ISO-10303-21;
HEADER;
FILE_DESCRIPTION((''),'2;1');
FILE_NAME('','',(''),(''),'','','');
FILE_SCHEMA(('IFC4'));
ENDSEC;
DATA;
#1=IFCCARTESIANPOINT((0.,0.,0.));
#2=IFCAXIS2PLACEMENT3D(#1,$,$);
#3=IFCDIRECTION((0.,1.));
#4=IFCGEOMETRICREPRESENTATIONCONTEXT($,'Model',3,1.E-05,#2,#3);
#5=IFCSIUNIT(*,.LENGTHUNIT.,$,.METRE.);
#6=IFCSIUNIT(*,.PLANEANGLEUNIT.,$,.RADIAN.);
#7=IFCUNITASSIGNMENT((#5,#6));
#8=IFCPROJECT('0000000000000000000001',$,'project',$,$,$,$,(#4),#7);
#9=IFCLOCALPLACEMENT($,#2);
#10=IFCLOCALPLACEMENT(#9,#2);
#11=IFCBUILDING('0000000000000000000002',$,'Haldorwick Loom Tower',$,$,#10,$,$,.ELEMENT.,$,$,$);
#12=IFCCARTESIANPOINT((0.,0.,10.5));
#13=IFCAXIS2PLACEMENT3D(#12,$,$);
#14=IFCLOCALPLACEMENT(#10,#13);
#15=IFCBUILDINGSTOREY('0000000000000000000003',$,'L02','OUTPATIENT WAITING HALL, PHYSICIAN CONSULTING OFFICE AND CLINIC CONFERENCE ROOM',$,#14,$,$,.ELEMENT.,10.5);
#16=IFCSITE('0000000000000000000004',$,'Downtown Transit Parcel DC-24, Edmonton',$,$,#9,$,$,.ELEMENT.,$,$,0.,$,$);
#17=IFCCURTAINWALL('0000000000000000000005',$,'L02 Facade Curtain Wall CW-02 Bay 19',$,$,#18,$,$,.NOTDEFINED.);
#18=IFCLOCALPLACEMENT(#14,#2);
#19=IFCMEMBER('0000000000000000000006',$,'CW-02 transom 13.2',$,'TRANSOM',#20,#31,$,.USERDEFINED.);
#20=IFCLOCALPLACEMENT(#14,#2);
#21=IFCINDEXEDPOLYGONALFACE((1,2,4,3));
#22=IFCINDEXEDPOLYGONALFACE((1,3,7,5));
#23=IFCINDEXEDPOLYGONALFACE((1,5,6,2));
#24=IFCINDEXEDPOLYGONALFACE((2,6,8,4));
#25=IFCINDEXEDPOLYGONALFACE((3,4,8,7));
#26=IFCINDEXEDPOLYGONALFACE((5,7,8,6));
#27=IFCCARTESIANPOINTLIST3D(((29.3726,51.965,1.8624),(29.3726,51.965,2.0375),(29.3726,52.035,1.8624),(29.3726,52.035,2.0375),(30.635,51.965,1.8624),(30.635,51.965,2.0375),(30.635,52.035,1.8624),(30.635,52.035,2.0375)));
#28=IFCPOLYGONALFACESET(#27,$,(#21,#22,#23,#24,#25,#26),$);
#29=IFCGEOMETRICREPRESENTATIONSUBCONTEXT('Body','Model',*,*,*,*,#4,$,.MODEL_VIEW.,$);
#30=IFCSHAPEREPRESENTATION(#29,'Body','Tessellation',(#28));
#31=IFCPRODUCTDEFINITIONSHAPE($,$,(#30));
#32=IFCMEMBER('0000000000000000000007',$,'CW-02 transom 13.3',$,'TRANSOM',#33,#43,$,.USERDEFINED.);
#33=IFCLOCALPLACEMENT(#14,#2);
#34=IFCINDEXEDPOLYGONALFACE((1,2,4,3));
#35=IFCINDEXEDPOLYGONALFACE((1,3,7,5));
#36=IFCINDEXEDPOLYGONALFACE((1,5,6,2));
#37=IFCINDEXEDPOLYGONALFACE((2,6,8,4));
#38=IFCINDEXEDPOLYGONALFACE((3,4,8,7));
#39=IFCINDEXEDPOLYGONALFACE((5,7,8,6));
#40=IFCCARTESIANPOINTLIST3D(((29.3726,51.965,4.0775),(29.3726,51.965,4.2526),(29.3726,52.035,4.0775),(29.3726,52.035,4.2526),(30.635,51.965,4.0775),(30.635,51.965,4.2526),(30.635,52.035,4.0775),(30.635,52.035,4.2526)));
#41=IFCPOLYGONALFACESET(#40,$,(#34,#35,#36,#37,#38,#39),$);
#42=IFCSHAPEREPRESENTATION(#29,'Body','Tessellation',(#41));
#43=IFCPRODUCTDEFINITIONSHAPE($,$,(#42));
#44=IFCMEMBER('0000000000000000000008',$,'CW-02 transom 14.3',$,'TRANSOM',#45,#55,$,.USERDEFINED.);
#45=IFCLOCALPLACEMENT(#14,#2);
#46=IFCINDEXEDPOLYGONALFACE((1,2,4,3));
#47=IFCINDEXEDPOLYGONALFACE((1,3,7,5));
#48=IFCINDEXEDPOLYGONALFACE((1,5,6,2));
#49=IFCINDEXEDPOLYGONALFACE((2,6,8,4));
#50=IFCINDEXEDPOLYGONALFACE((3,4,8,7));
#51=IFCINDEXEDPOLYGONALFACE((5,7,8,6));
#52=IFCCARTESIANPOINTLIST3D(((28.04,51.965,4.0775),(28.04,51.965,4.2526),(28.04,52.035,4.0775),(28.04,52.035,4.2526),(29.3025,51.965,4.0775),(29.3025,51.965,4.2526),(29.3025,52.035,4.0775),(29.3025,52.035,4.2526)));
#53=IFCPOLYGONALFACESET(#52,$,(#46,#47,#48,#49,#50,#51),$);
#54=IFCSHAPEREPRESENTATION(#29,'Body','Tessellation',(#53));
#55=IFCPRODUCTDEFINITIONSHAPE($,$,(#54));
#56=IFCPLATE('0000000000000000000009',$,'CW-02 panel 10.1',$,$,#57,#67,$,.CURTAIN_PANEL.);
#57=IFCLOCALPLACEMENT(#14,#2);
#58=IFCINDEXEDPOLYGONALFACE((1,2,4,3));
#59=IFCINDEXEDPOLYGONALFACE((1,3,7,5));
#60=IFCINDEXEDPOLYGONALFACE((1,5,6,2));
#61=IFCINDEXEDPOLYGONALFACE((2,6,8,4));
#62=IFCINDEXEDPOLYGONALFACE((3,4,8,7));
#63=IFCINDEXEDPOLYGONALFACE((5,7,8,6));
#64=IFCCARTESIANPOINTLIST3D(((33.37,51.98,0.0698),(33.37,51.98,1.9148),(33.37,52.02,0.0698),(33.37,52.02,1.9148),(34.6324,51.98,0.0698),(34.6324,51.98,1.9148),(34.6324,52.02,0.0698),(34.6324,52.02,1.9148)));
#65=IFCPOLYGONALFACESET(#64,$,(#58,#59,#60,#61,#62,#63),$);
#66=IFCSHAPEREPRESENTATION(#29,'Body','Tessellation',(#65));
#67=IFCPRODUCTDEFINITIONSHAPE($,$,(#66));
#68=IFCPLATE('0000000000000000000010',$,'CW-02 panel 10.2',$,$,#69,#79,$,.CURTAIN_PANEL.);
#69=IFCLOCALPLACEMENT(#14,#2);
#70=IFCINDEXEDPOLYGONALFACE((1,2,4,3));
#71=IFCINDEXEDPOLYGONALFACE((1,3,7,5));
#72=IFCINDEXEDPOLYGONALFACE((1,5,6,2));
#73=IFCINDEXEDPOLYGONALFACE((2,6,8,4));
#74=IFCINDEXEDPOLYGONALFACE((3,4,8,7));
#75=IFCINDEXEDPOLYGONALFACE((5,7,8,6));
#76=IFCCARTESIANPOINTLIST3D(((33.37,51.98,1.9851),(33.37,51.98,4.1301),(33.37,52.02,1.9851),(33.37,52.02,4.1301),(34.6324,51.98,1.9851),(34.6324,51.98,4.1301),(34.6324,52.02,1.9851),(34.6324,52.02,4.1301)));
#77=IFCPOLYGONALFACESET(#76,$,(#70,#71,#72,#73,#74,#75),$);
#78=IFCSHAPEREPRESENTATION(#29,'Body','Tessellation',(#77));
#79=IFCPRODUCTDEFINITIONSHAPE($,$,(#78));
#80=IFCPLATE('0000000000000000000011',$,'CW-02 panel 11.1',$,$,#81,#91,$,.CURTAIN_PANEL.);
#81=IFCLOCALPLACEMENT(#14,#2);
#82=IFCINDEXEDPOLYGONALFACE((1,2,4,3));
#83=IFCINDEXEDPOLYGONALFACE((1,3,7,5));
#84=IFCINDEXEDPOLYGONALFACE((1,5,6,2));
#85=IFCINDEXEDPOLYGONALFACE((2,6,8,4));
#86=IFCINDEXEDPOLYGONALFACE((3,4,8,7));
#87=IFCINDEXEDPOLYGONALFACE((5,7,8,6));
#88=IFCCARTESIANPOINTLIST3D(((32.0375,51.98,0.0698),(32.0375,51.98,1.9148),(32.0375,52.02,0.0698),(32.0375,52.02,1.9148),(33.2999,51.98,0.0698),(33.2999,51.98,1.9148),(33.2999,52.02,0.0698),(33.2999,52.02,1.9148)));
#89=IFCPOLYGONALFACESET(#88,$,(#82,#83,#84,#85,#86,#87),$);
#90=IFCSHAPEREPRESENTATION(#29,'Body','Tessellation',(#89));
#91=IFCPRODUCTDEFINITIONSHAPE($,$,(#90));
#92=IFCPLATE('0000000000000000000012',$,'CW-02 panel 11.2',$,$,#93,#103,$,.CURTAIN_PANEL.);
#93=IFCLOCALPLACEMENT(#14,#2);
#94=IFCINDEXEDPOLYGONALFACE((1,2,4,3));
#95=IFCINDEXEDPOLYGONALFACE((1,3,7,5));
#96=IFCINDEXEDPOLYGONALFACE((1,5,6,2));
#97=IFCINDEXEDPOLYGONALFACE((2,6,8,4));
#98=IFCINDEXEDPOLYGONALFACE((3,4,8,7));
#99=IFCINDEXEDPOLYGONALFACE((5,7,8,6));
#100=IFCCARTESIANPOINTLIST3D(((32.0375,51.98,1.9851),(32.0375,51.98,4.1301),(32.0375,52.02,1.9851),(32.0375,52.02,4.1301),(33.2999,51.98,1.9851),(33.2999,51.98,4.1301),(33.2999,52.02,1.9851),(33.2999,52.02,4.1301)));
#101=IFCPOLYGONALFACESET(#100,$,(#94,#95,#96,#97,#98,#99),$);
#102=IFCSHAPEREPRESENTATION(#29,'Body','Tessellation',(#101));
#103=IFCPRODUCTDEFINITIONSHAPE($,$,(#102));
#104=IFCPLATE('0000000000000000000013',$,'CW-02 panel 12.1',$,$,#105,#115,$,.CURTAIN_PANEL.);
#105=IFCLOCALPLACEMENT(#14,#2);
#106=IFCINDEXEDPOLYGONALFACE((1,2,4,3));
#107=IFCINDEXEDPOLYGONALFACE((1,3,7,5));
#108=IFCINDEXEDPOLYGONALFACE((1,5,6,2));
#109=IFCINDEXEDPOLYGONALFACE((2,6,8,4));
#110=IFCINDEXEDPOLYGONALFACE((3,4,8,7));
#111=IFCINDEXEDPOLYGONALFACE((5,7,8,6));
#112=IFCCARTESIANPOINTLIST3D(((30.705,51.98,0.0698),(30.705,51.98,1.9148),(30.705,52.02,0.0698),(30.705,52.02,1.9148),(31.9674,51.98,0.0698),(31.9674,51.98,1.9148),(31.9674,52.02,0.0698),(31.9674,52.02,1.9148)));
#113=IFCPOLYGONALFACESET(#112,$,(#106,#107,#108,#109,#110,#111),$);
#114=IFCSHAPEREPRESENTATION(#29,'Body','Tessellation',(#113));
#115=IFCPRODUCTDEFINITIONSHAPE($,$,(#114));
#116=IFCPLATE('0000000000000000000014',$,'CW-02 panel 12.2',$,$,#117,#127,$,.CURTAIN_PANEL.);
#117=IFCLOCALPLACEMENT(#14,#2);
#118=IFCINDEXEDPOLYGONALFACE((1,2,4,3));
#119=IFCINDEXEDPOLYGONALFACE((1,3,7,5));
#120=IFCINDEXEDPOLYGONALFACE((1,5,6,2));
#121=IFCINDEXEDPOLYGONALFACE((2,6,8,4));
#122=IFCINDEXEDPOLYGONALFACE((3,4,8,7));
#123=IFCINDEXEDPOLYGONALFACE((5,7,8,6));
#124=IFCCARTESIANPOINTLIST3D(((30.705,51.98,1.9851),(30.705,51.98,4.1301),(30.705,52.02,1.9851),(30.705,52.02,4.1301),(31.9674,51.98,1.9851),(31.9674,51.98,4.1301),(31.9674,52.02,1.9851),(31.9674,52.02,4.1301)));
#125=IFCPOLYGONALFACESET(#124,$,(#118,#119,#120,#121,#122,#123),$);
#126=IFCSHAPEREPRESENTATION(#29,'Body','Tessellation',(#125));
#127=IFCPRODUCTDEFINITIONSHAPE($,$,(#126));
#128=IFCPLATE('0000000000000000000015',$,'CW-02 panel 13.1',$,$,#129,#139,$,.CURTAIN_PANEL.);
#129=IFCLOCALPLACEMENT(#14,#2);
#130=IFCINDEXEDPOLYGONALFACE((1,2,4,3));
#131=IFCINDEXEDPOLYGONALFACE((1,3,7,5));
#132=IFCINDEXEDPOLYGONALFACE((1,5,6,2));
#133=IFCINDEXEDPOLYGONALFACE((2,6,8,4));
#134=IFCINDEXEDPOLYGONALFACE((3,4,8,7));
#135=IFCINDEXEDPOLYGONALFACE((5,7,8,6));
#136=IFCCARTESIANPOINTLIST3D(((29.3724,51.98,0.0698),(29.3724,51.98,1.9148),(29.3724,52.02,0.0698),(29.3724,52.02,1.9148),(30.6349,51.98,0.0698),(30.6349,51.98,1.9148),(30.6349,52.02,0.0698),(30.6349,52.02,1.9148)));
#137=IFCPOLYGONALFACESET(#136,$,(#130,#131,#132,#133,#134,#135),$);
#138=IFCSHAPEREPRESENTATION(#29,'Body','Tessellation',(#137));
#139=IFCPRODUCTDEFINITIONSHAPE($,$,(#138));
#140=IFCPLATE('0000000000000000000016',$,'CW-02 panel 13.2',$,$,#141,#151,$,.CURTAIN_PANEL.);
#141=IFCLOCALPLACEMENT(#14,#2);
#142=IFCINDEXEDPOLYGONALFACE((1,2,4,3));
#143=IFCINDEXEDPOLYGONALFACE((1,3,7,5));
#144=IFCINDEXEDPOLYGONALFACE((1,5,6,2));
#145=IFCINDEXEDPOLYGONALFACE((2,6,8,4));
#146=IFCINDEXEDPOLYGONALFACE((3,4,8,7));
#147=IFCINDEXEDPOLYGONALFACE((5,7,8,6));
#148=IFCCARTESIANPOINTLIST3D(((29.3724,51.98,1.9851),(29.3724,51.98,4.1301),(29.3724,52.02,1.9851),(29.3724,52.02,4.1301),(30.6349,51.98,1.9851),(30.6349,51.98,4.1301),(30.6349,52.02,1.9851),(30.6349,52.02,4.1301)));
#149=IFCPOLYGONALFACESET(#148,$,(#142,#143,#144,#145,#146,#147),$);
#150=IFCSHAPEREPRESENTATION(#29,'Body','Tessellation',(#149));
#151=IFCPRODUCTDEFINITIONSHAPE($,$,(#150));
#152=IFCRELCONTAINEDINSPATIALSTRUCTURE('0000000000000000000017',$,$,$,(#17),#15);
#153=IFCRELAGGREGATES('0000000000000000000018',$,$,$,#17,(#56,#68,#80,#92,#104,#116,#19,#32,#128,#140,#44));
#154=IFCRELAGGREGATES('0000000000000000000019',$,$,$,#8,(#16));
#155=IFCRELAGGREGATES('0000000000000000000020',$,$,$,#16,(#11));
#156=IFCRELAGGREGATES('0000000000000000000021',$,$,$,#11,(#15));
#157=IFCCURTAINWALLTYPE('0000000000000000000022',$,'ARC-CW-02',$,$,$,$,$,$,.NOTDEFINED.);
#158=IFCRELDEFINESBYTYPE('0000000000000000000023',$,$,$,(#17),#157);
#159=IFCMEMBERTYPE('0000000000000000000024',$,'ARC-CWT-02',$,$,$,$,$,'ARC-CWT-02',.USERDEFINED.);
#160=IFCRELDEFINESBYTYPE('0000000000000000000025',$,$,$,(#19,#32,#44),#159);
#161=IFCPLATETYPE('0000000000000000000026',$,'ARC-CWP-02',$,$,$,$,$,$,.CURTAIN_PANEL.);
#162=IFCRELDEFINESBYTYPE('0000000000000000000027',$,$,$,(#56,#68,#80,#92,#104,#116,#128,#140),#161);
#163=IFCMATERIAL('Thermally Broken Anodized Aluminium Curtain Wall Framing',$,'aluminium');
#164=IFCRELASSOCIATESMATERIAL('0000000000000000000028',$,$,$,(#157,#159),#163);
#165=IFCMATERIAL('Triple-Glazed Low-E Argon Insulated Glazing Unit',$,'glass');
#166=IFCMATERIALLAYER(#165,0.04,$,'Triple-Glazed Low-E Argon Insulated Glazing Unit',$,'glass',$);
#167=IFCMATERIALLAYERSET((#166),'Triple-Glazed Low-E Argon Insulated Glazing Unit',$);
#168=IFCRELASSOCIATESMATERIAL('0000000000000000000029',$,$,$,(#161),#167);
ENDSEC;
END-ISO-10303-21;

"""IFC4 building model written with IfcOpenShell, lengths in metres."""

from ifc_helpers import new_model, si_unit, direction, frame, origin, origin_2d, place, context, subcontext, project, spatial, rectangle, extrude, material, layer, layer_set, material_profile, profile_set, type_object, element, aggregate, save


model = new_model("IFC4")

# Units and contexts
model_context = context("Model", 3, precision=1e-05, world=origin(), true_north=direction((0.0, 1.0)))
body_context = subcontext(model_context, "Body", "Model", "MODEL_VIEW")
ifc_project = project(units=[si_unit("LENGTHUNIT", "METRE"), si_unit("PLANEANGLEUNIT", "RADIAN")], contexts=[model_context])

# Site, building, storey
site_placement = place(None, origin())
site = spatial("IfcSite", under=ifc_project, at=site_placement, Name="Downtown Transit Parcel DC-24, Edmonton", CompositionType="ELEMENT", RefElevation=0.0)
building_placement = place(site_placement, origin())
building = spatial("IfcBuilding", under=site, at=building_placement, Name="Haldorwick Loom Tower", CompositionType="ELEMENT")
storey_placement = place(building_placement, frame((0.0, 0.0, 10.5)))
storey = spatial("IfcBuildingStorey", under=building, at=storey_placement, Name="L02", Description="OUTPATIENT WAITING HALL, PHYSICIAN CONSULTING OFFICE AND CLINIC CONFERENCE ROOM", CompositionType="ELEMENT", Elevation=10.5)

# Curtain wall, members, plates
ifc_material_1 = material(Name="Thermally Broken Anodized Aluminium Curtain Wall Framing", Category="aluminium")
curtain_wall_type = type_object("IfcCurtainWallType", Name="ARC-CW-02", PredefinedType="NOTDEFINED", material=ifc_material_1)
curtain_wall_placement = place(storey_placement, origin())
curtain_wall = element("IfcCurtainWall", 1, at=curtain_wall_placement, inside=storey, type_object=curtain_wall_type, Name="L02 Facade Curtain Wall CW-02 Bay 19", PredefinedType="NOTDEFINED")
ifc_material_profile_1 = material_profile(ifc_material_1, rectangle(XDim=0.0701, YDim=0.175, at=origin_2d()), Name="ALU_TRN_70X175", Category="aluminium")
ifc_profile_set_1 = profile_set([ifc_material_profile_1], Name="Thermally Broken Anodized Aluminium Curtain Wall Framing")
member_type_1 = type_object("IfcMemberType", Name="ARC-CWT-02", ElementType="ARC-CWT-02", PredefinedType="USERDEFINED", material=ifc_profile_set_1)
member_1_placement = place(storey_placement, frame((30.635, 52.0, 1.95), z_axis=(-1.0, 0.0, 0.0), x_axis=(0.0, -1.0, 0.0)))
member_1 = element("IfcMember", 2, at=member_1_placement, type_object=member_type_1, Name="CW-02 transom 13.2", ObjectType="TRANSOM", PredefinedType="USERDEFINED", context=body_context, shape_type="SweptSolid", body=[
    extrude(rectangle(XDim=0.0701, YDim=0.175, at=origin_2d()), origin(), (0.0, 0.0, 1.0), 1.2625),
])
member_2_placement = place(storey_placement, frame((30.635, 52.0, 4.165), z_axis=(-1.0, 0.0, 0.0), x_axis=(0.0, -1.0, 0.0)))
member_2 = element("IfcMember", 3, at=member_2_placement, type_object=member_type_1, Name="CW-02 transom 13.3", ObjectType="TRANSOM", PredefinedType="USERDEFINED", context=body_context, shape_type="SweptSolid", body=[
    extrude(rectangle(XDim=0.0701, YDim=0.175, at=origin_2d()), origin(), (0.0, 0.0, 1.0), 1.2625),
])
member_3_placement = place(storey_placement, frame((29.3025, 52.0, 4.165), z_axis=(-1.0, 0.0, 0.0), x_axis=(0.0, -1.0, 0.0)))
member_3 = element("IfcMember", 4, at=member_3_placement, type_object=member_type_1, Name="CW-02 transom 14.3", ObjectType="TRANSOM", PredefinedType="USERDEFINED", context=body_context, shape_type="SweptSolid", body=[
    extrude(rectangle(XDim=0.0701, YDim=0.175, at=origin_2d()), origin(), (0.0, 0.0, 1.0), 1.2625),
])
ifc_material_2 = material(Name="Triple-Glazed Low-E Argon Insulated Glazing Unit", Category="glass")
ifc_layer = layer(ifc_material_2, 0.04, Name="Triple-Glazed Low-E Argon Insulated Glazing Unit", Category="glass")
ifc_layer_set = layer_set([ifc_layer], Name="Triple-Glazed Low-E Argon Insulated Glazing Unit")
plate_type = type_object("IfcPlateType", Name="ARC-CWP-02", PredefinedType="CURTAIN_PANEL", material=ifc_layer_set)
plate_1_placement = place(storey_placement, frame((34.0012, 52.0, 0.0698), z_axis=(0.0, 0.0, 1.0), x_axis=(-1.0, 0.0, 0.0)))
plate_1 = element("IfcPlate", 5, at=plate_1_placement, type_object=plate_type, Name="CW-02 panel 10.1", PredefinedType="CURTAIN_PANEL", context=body_context, shape_type="SweptSolid", body=[
    extrude(rectangle(XDim=1.2625, YDim=0.04, at=origin_2d()), origin(), (0.0, 0.0, 1.0), 1.845),
])
plate_2_placement = place(storey_placement, frame((34.0012, 52.0, 1.9851), z_axis=(0.0, 0.0, 1.0), x_axis=(-1.0, 0.0, 0.0)))
plate_2 = element("IfcPlate", 6, at=plate_2_placement, type_object=plate_type, Name="CW-02 panel 10.2", PredefinedType="CURTAIN_PANEL", context=body_context, shape_type="SweptSolid", body=[
    extrude(rectangle(XDim=1.2625, YDim=0.04, at=origin_2d()), origin(), (0.0, 0.0, 1.0), 2.145),
])
plate_3_placement = place(storey_placement, frame((32.6687, 52.0, 0.0698), z_axis=(0.0, 0.0, 1.0), x_axis=(-1.0, 0.0, 0.0)))
plate_3 = element("IfcPlate", 7, at=plate_3_placement, type_object=plate_type, Name="CW-02 panel 11.1", PredefinedType="CURTAIN_PANEL", context=body_context, shape_type="SweptSolid", body=[
    extrude(rectangle(XDim=1.2625, YDim=0.04, at=origin_2d()), origin(), (0.0, 0.0, 1.0), 1.845),
])
plate_4_placement = place(storey_placement, frame((32.6687, 52.0, 1.9851), z_axis=(0.0, 0.0, 1.0), x_axis=(-1.0, 0.0, 0.0)))
plate_4 = element("IfcPlate", 8, at=plate_4_placement, type_object=plate_type, Name="CW-02 panel 11.2", PredefinedType="CURTAIN_PANEL", context=body_context, shape_type="SweptSolid", body=[
    extrude(rectangle(XDim=1.2625, YDim=0.04, at=origin_2d()), origin(), (0.0, 0.0, 1.0), 2.145),
])
plate_5_placement = place(storey_placement, frame((31.3362, 52.0, 0.0698), z_axis=(0.0, 0.0, 1.0), x_axis=(-1.0, 0.0, 0.0)))
plate_5 = element("IfcPlate", 9, at=plate_5_placement, type_object=plate_type, Name="CW-02 panel 12.1", PredefinedType="CURTAIN_PANEL", context=body_context, shape_type="SweptSolid", body=[
    extrude(rectangle(XDim=1.2625, YDim=0.04, at=origin_2d()), origin(), (0.0, 0.0, 1.0), 1.845),
])
plate_6_placement = place(storey_placement, frame((31.3362, 52.0, 1.9851), z_axis=(0.0, 0.0, 1.0), x_axis=(-1.0, 0.0, 0.0)))
plate_6 = element("IfcPlate", 10, at=plate_6_placement, type_object=plate_type, Name="CW-02 panel 12.2", PredefinedType="CURTAIN_PANEL", context=body_context, shape_type="SweptSolid", body=[
    extrude(rectangle(XDim=1.2625, YDim=0.04, at=origin_2d()), origin(), (0.0, 0.0, 1.0), 2.145),
])
plate_7_placement = place(storey_placement, frame((30.0037, 52.0, 0.0698), z_axis=(0.0, 0.0, 1.0), x_axis=(-1.0, 0.0, 0.0)))
plate_7 = element("IfcPlate", 11, at=plate_7_placement, type_object=plate_type, Name="CW-02 panel 13.1", PredefinedType="CURTAIN_PANEL", context=body_context, shape_type="SweptSolid", body=[
    extrude(rectangle(XDim=1.2625, YDim=0.04, at=origin_2d()), origin(), (0.0, 0.0, 1.0), 1.845),
])
plate_8_placement = place(storey_placement, frame((30.0037, 52.0, 1.9851), z_axis=(0.0, 0.0, 1.0), x_axis=(-1.0, 0.0, 0.0)))
plate_8 = element("IfcPlate", 12, at=plate_8_placement, type_object=plate_type, Name="CW-02 panel 13.2", PredefinedType="CURTAIN_PANEL", context=body_context, shape_type="SweptSolid", body=[
    extrude(rectangle(XDim=1.2625, YDim=0.04, at=origin_2d()), origin(), (0.0, 0.0, 1.0), 2.145),
])
aggregate(curtain_wall, [plate_1, plate_2, plate_3, plate_4, plate_5, plate_6, member_1, member_2, plate_7, plate_8, member_3])

save(model, "model.ifc")
